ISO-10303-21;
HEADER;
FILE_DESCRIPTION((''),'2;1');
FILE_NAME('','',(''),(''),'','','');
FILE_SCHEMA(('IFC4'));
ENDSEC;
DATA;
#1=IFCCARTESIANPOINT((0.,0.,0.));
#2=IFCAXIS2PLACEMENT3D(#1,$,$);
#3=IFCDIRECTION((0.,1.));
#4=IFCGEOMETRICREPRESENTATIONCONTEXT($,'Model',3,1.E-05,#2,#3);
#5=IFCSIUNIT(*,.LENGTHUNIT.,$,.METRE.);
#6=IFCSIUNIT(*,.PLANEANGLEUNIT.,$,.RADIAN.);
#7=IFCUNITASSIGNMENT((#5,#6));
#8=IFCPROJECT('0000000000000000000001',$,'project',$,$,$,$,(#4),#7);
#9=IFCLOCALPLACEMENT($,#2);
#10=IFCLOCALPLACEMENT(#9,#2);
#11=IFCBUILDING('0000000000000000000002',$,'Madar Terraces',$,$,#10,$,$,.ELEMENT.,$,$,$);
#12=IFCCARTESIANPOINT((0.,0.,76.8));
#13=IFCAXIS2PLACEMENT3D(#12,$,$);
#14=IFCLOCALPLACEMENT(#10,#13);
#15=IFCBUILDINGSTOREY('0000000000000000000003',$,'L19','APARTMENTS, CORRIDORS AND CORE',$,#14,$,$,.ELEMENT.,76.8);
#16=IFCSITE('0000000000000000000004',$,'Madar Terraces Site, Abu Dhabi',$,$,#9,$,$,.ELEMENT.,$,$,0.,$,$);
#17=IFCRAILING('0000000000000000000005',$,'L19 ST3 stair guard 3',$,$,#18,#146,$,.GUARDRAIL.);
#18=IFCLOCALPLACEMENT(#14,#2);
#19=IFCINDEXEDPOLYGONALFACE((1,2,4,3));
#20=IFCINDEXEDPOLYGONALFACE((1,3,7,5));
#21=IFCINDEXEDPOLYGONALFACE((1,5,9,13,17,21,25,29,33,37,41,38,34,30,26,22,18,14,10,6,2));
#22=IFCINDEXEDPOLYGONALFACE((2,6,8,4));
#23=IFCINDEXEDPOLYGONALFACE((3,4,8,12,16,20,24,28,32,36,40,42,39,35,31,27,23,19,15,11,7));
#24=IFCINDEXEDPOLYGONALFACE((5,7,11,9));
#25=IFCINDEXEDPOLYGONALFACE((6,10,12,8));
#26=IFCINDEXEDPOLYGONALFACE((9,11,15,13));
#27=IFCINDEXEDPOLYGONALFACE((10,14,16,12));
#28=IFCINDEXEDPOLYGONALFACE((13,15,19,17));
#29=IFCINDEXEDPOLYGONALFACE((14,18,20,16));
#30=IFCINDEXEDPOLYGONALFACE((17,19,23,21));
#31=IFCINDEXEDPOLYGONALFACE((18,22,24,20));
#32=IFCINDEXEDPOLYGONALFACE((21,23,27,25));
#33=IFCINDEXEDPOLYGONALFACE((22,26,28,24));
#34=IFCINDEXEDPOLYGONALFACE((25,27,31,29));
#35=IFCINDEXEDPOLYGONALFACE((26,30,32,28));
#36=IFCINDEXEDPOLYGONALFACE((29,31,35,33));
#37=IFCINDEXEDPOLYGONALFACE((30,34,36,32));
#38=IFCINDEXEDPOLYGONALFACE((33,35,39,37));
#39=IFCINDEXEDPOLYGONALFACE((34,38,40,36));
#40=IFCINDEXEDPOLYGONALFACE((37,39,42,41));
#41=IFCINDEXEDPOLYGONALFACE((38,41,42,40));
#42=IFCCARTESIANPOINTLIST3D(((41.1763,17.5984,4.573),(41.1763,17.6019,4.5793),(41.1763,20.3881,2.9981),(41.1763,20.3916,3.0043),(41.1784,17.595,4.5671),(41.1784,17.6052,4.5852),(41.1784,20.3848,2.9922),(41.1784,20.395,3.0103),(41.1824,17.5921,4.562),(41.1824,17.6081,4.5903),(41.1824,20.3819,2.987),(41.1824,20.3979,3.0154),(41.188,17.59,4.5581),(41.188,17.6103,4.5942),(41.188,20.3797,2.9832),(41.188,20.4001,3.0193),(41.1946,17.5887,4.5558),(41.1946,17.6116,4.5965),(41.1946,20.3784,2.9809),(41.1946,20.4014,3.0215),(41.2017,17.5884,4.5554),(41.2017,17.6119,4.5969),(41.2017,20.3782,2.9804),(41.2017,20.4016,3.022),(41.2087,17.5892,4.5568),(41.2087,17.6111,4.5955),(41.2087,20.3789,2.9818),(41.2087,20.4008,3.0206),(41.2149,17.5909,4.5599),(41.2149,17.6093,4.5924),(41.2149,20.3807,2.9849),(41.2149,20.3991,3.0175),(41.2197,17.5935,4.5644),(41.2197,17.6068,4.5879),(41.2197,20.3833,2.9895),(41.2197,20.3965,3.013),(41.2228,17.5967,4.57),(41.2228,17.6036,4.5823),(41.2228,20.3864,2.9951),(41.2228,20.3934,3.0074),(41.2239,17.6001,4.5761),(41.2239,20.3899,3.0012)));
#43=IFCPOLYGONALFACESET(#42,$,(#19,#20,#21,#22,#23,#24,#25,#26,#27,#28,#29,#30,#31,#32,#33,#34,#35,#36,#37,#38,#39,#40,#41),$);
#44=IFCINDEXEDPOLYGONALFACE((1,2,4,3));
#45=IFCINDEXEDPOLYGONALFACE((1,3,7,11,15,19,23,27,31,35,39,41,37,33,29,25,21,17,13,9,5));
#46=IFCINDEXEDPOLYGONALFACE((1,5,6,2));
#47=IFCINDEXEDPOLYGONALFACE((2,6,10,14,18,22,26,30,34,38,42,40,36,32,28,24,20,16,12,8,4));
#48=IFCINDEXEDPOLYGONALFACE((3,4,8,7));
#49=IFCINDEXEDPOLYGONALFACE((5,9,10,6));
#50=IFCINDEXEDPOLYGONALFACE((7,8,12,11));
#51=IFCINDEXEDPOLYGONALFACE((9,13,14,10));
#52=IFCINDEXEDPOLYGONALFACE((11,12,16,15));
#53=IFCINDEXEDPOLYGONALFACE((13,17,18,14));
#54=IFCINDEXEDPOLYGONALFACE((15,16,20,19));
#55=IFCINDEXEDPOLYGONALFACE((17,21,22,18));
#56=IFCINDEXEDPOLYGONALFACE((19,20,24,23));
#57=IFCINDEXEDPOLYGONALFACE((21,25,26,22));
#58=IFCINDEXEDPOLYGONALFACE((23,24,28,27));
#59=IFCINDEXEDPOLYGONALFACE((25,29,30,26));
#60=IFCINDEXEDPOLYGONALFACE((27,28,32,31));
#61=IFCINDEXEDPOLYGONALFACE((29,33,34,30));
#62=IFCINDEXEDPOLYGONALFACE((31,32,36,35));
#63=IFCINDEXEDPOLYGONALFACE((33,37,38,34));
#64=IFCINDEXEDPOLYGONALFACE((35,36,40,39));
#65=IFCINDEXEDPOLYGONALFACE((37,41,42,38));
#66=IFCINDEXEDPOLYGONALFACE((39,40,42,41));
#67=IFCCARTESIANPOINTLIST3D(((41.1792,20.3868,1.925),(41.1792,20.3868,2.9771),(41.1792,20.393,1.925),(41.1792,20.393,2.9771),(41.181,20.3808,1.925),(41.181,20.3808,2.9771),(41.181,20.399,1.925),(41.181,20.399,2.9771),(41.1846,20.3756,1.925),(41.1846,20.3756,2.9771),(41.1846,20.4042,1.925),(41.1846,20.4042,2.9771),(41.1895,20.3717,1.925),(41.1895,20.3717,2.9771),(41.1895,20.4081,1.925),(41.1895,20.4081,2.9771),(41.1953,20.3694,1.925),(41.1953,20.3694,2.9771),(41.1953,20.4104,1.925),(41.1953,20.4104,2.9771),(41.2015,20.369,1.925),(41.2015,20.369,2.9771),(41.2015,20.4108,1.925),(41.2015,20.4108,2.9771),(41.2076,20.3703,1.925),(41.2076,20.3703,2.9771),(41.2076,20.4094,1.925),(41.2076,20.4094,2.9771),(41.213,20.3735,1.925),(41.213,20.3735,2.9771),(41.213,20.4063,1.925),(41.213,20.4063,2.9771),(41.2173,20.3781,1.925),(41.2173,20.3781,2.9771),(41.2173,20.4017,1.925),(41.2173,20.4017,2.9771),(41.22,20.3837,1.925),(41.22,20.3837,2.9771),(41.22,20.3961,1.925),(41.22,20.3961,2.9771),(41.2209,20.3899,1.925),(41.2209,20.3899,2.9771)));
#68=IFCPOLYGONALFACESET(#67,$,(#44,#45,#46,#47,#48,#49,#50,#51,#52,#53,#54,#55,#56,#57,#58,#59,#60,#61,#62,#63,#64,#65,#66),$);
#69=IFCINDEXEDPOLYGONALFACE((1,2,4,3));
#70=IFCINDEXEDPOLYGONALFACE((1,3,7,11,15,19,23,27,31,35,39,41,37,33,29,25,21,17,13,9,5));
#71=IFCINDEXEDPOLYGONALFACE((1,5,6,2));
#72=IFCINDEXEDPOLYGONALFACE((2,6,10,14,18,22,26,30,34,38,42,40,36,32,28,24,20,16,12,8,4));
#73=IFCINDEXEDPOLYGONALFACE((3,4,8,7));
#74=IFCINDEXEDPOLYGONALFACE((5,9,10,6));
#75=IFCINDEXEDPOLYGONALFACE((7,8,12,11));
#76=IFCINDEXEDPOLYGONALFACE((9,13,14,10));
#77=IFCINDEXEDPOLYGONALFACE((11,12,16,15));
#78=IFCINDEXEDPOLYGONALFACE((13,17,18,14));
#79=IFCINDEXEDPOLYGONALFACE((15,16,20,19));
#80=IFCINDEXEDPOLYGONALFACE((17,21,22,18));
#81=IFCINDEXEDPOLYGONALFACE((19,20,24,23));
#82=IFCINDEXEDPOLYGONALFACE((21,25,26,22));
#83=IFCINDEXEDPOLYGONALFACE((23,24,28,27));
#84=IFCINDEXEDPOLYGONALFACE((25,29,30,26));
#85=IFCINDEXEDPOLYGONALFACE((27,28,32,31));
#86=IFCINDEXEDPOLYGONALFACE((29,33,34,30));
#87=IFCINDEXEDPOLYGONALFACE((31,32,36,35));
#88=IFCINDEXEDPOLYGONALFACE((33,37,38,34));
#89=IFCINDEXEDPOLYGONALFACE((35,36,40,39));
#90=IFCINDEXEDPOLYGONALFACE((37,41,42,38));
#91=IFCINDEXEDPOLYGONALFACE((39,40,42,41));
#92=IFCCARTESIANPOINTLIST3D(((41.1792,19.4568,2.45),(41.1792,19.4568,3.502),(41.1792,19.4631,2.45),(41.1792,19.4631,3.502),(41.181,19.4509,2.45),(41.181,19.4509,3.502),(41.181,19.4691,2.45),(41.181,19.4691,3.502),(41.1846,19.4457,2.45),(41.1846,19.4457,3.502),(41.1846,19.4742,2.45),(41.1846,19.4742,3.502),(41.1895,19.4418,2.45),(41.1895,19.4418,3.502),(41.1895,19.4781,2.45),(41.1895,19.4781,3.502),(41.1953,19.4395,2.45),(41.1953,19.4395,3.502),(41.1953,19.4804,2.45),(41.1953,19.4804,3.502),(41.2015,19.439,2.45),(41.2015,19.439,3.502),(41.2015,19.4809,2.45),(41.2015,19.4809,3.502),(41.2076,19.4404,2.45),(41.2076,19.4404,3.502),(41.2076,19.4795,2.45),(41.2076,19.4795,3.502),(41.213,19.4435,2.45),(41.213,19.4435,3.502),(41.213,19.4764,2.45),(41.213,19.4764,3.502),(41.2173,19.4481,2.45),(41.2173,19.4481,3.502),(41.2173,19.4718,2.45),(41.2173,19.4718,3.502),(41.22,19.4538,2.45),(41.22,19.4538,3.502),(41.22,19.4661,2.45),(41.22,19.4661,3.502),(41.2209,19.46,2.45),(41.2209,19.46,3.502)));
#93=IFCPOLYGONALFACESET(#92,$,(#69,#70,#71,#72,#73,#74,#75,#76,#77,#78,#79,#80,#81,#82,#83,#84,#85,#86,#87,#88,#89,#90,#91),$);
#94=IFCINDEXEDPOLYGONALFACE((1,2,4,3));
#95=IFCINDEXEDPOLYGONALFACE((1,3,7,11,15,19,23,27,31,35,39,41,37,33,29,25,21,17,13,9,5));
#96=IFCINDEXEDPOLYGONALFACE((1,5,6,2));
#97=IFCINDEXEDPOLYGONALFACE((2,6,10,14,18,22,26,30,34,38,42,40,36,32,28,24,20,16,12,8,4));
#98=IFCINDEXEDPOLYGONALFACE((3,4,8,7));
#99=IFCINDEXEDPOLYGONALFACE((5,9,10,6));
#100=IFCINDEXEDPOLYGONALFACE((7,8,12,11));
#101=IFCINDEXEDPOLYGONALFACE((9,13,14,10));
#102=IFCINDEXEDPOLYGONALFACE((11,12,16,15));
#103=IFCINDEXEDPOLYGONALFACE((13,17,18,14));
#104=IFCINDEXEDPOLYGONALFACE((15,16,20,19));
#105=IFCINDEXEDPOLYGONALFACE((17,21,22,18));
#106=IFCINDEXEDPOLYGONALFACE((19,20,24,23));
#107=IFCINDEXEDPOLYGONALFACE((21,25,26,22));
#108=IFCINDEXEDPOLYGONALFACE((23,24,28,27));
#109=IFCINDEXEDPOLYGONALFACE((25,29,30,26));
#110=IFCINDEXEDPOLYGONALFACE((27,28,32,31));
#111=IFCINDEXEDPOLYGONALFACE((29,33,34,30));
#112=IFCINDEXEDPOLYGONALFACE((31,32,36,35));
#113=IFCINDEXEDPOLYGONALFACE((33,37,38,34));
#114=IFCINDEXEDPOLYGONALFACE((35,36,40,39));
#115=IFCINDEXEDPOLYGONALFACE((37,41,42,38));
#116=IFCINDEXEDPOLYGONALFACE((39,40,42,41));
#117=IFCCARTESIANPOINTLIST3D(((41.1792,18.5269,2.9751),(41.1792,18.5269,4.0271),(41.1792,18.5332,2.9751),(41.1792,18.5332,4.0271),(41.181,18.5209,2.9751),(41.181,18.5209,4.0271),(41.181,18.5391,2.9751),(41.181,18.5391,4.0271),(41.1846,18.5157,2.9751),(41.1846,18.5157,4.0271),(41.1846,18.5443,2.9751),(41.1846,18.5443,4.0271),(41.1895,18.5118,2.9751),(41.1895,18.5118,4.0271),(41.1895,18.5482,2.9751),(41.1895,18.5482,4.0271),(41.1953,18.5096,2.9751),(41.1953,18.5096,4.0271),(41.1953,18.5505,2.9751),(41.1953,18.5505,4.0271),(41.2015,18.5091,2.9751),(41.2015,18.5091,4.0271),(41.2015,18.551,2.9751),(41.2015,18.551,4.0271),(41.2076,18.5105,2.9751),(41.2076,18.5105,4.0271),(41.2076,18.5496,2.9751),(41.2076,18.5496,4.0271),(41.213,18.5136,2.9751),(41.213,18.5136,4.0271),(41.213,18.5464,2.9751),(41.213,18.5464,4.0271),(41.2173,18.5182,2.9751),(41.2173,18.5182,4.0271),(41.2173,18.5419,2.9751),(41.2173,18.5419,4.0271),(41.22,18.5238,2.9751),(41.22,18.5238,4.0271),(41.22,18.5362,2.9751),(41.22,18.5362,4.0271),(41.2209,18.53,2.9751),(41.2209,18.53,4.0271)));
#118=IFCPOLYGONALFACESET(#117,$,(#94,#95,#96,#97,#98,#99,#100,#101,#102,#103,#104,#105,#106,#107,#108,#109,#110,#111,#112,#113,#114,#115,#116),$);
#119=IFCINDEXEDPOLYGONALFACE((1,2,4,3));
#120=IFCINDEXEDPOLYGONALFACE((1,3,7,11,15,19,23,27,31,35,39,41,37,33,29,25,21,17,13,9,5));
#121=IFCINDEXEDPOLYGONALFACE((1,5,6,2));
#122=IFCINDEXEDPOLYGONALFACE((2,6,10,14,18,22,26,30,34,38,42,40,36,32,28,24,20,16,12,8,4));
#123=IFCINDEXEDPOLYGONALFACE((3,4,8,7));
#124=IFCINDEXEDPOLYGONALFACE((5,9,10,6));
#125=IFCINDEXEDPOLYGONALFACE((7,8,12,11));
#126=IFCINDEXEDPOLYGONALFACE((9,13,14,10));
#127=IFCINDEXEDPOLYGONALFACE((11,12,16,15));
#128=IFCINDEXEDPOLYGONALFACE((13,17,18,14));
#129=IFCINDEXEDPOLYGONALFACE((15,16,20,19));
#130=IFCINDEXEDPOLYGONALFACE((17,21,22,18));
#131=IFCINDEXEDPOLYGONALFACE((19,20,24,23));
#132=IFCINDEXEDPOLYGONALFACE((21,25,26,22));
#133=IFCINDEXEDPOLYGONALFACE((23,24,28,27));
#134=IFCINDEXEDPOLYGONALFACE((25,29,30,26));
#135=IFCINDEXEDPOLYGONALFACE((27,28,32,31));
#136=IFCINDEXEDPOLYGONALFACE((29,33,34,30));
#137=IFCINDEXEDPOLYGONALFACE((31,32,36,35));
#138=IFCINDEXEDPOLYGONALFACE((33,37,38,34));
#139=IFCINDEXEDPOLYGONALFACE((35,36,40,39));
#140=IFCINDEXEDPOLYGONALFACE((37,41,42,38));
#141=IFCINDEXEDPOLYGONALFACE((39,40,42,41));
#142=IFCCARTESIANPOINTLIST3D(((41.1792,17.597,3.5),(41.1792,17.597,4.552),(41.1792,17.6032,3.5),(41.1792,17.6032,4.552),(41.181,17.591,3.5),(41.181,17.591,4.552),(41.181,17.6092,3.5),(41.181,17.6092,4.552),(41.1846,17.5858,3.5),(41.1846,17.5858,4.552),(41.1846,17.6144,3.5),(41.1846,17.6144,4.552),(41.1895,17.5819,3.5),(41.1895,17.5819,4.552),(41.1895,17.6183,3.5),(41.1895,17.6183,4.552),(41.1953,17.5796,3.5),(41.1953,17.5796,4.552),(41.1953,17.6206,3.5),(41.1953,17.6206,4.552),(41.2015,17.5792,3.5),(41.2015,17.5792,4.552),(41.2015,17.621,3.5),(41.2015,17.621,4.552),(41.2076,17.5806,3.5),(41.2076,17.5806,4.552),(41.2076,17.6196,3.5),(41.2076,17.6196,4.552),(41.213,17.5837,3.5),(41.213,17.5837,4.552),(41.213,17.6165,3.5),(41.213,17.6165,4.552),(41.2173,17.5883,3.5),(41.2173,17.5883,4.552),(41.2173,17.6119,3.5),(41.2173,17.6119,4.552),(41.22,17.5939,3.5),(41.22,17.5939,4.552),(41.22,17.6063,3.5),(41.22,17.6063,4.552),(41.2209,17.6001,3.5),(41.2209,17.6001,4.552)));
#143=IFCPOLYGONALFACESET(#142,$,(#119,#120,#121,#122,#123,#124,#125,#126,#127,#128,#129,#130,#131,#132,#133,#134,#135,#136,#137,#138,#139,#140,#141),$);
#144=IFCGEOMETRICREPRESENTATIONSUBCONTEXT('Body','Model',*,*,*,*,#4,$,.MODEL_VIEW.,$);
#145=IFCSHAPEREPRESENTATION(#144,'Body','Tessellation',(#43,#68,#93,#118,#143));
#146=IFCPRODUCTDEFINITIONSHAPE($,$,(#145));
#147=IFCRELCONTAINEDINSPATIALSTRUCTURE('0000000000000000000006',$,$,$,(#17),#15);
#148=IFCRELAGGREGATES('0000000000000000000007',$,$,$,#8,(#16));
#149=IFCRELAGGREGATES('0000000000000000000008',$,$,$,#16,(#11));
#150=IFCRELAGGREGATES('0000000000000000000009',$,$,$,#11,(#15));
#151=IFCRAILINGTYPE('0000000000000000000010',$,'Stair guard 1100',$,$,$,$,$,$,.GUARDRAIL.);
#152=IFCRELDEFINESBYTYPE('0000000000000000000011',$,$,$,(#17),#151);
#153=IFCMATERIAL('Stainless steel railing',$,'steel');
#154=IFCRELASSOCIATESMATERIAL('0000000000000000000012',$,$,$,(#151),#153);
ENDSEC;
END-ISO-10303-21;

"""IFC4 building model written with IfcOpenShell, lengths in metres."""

from ifc_helpers import new_model, si_unit, direction, frame, origin, origin_2d, place, context, subcontext, project, spatial, circle, extrude, material, type_object, element, save


model = new_model("IFC4")

# Units and contexts
model_context = context("Model", 3, precision=1e-05, world=origin(), true_north=direction((0.0, 1.0)))
body_context = subcontext(model_context, "Body", "Model", "MODEL_VIEW")
ifc_project = project(units=[si_unit("LENGTHUNIT", "METRE"), si_unit("PLANEANGLEUNIT", "RADIAN")], contexts=[model_context])

# Site, building, storey
site_placement = place(None, origin())
site = spatial("IfcSite", under=ifc_project, at=site_placement, Name="Madar Terraces Site, Abu Dhabi", CompositionType="ELEMENT", RefElevation=0.0)
building_placement = place(site_placement, origin())
building = spatial("IfcBuilding", under=site, at=building_placement, Name="Madar Terraces", CompositionType="ELEMENT")
storey_placement = place(building_placement, frame((0.0, 0.0, 76.8)))
storey = spatial("IfcBuildingStorey", under=building, at=storey_placement, Name="L19", Description="APARTMENTS, CORRIDORS AND CORE", CompositionType="ELEMENT", Elevation=76.8)

# Railing
ifc_material_1 = material(Name="Stainless steel railing", Category="steel")
railing_type_1 = type_object("IfcRailingType", Name="Stair guard 1100", PredefinedType="GUARDRAIL", material=ifc_material_1)
railing_1_placement = place(storey_placement, frame((41.2, 20.3899, 1.925)))
element("IfcRailing", 1, at=railing_1_placement, inside=storey, type_object=railing_type_1, Name="L19 ST3 stair guard 3", PredefinedType="GUARDRAIL", context=body_context, shape_type="SweptSolid", body=[
    extrude(circle(Radius=0.0239, at=origin_2d()), frame((0.0, 0.0, 1.0762), z_axis=(0.0, -0.870815, 0.49161), x_axis=(1.0, 0.0, 0.0)), (0.0, 0.0, 1.0), 3.2036),
    extrude(circle(Radius=0.021, at=origin_2d()), origin(), (0.0, 0.0, 1.0), 1.052),
    extrude(circle(Radius=0.021, at=origin_2d()), frame((0.0, -0.9299, 0.5249)), (0.0, 0.0, 1.0), 1.052),
    extrude(circle(Radius=0.021, at=origin_2d()), frame((0.0, -1.8599, 1.05)), (0.0, 0.0, 1.0), 1.052),
    extrude(circle(Radius=0.021, at=origin_2d()), frame((0.0, -2.7898, 1.575)), (0.0, 0.0, 1.0), 1.052),
])

save(model, "model.ifc")
